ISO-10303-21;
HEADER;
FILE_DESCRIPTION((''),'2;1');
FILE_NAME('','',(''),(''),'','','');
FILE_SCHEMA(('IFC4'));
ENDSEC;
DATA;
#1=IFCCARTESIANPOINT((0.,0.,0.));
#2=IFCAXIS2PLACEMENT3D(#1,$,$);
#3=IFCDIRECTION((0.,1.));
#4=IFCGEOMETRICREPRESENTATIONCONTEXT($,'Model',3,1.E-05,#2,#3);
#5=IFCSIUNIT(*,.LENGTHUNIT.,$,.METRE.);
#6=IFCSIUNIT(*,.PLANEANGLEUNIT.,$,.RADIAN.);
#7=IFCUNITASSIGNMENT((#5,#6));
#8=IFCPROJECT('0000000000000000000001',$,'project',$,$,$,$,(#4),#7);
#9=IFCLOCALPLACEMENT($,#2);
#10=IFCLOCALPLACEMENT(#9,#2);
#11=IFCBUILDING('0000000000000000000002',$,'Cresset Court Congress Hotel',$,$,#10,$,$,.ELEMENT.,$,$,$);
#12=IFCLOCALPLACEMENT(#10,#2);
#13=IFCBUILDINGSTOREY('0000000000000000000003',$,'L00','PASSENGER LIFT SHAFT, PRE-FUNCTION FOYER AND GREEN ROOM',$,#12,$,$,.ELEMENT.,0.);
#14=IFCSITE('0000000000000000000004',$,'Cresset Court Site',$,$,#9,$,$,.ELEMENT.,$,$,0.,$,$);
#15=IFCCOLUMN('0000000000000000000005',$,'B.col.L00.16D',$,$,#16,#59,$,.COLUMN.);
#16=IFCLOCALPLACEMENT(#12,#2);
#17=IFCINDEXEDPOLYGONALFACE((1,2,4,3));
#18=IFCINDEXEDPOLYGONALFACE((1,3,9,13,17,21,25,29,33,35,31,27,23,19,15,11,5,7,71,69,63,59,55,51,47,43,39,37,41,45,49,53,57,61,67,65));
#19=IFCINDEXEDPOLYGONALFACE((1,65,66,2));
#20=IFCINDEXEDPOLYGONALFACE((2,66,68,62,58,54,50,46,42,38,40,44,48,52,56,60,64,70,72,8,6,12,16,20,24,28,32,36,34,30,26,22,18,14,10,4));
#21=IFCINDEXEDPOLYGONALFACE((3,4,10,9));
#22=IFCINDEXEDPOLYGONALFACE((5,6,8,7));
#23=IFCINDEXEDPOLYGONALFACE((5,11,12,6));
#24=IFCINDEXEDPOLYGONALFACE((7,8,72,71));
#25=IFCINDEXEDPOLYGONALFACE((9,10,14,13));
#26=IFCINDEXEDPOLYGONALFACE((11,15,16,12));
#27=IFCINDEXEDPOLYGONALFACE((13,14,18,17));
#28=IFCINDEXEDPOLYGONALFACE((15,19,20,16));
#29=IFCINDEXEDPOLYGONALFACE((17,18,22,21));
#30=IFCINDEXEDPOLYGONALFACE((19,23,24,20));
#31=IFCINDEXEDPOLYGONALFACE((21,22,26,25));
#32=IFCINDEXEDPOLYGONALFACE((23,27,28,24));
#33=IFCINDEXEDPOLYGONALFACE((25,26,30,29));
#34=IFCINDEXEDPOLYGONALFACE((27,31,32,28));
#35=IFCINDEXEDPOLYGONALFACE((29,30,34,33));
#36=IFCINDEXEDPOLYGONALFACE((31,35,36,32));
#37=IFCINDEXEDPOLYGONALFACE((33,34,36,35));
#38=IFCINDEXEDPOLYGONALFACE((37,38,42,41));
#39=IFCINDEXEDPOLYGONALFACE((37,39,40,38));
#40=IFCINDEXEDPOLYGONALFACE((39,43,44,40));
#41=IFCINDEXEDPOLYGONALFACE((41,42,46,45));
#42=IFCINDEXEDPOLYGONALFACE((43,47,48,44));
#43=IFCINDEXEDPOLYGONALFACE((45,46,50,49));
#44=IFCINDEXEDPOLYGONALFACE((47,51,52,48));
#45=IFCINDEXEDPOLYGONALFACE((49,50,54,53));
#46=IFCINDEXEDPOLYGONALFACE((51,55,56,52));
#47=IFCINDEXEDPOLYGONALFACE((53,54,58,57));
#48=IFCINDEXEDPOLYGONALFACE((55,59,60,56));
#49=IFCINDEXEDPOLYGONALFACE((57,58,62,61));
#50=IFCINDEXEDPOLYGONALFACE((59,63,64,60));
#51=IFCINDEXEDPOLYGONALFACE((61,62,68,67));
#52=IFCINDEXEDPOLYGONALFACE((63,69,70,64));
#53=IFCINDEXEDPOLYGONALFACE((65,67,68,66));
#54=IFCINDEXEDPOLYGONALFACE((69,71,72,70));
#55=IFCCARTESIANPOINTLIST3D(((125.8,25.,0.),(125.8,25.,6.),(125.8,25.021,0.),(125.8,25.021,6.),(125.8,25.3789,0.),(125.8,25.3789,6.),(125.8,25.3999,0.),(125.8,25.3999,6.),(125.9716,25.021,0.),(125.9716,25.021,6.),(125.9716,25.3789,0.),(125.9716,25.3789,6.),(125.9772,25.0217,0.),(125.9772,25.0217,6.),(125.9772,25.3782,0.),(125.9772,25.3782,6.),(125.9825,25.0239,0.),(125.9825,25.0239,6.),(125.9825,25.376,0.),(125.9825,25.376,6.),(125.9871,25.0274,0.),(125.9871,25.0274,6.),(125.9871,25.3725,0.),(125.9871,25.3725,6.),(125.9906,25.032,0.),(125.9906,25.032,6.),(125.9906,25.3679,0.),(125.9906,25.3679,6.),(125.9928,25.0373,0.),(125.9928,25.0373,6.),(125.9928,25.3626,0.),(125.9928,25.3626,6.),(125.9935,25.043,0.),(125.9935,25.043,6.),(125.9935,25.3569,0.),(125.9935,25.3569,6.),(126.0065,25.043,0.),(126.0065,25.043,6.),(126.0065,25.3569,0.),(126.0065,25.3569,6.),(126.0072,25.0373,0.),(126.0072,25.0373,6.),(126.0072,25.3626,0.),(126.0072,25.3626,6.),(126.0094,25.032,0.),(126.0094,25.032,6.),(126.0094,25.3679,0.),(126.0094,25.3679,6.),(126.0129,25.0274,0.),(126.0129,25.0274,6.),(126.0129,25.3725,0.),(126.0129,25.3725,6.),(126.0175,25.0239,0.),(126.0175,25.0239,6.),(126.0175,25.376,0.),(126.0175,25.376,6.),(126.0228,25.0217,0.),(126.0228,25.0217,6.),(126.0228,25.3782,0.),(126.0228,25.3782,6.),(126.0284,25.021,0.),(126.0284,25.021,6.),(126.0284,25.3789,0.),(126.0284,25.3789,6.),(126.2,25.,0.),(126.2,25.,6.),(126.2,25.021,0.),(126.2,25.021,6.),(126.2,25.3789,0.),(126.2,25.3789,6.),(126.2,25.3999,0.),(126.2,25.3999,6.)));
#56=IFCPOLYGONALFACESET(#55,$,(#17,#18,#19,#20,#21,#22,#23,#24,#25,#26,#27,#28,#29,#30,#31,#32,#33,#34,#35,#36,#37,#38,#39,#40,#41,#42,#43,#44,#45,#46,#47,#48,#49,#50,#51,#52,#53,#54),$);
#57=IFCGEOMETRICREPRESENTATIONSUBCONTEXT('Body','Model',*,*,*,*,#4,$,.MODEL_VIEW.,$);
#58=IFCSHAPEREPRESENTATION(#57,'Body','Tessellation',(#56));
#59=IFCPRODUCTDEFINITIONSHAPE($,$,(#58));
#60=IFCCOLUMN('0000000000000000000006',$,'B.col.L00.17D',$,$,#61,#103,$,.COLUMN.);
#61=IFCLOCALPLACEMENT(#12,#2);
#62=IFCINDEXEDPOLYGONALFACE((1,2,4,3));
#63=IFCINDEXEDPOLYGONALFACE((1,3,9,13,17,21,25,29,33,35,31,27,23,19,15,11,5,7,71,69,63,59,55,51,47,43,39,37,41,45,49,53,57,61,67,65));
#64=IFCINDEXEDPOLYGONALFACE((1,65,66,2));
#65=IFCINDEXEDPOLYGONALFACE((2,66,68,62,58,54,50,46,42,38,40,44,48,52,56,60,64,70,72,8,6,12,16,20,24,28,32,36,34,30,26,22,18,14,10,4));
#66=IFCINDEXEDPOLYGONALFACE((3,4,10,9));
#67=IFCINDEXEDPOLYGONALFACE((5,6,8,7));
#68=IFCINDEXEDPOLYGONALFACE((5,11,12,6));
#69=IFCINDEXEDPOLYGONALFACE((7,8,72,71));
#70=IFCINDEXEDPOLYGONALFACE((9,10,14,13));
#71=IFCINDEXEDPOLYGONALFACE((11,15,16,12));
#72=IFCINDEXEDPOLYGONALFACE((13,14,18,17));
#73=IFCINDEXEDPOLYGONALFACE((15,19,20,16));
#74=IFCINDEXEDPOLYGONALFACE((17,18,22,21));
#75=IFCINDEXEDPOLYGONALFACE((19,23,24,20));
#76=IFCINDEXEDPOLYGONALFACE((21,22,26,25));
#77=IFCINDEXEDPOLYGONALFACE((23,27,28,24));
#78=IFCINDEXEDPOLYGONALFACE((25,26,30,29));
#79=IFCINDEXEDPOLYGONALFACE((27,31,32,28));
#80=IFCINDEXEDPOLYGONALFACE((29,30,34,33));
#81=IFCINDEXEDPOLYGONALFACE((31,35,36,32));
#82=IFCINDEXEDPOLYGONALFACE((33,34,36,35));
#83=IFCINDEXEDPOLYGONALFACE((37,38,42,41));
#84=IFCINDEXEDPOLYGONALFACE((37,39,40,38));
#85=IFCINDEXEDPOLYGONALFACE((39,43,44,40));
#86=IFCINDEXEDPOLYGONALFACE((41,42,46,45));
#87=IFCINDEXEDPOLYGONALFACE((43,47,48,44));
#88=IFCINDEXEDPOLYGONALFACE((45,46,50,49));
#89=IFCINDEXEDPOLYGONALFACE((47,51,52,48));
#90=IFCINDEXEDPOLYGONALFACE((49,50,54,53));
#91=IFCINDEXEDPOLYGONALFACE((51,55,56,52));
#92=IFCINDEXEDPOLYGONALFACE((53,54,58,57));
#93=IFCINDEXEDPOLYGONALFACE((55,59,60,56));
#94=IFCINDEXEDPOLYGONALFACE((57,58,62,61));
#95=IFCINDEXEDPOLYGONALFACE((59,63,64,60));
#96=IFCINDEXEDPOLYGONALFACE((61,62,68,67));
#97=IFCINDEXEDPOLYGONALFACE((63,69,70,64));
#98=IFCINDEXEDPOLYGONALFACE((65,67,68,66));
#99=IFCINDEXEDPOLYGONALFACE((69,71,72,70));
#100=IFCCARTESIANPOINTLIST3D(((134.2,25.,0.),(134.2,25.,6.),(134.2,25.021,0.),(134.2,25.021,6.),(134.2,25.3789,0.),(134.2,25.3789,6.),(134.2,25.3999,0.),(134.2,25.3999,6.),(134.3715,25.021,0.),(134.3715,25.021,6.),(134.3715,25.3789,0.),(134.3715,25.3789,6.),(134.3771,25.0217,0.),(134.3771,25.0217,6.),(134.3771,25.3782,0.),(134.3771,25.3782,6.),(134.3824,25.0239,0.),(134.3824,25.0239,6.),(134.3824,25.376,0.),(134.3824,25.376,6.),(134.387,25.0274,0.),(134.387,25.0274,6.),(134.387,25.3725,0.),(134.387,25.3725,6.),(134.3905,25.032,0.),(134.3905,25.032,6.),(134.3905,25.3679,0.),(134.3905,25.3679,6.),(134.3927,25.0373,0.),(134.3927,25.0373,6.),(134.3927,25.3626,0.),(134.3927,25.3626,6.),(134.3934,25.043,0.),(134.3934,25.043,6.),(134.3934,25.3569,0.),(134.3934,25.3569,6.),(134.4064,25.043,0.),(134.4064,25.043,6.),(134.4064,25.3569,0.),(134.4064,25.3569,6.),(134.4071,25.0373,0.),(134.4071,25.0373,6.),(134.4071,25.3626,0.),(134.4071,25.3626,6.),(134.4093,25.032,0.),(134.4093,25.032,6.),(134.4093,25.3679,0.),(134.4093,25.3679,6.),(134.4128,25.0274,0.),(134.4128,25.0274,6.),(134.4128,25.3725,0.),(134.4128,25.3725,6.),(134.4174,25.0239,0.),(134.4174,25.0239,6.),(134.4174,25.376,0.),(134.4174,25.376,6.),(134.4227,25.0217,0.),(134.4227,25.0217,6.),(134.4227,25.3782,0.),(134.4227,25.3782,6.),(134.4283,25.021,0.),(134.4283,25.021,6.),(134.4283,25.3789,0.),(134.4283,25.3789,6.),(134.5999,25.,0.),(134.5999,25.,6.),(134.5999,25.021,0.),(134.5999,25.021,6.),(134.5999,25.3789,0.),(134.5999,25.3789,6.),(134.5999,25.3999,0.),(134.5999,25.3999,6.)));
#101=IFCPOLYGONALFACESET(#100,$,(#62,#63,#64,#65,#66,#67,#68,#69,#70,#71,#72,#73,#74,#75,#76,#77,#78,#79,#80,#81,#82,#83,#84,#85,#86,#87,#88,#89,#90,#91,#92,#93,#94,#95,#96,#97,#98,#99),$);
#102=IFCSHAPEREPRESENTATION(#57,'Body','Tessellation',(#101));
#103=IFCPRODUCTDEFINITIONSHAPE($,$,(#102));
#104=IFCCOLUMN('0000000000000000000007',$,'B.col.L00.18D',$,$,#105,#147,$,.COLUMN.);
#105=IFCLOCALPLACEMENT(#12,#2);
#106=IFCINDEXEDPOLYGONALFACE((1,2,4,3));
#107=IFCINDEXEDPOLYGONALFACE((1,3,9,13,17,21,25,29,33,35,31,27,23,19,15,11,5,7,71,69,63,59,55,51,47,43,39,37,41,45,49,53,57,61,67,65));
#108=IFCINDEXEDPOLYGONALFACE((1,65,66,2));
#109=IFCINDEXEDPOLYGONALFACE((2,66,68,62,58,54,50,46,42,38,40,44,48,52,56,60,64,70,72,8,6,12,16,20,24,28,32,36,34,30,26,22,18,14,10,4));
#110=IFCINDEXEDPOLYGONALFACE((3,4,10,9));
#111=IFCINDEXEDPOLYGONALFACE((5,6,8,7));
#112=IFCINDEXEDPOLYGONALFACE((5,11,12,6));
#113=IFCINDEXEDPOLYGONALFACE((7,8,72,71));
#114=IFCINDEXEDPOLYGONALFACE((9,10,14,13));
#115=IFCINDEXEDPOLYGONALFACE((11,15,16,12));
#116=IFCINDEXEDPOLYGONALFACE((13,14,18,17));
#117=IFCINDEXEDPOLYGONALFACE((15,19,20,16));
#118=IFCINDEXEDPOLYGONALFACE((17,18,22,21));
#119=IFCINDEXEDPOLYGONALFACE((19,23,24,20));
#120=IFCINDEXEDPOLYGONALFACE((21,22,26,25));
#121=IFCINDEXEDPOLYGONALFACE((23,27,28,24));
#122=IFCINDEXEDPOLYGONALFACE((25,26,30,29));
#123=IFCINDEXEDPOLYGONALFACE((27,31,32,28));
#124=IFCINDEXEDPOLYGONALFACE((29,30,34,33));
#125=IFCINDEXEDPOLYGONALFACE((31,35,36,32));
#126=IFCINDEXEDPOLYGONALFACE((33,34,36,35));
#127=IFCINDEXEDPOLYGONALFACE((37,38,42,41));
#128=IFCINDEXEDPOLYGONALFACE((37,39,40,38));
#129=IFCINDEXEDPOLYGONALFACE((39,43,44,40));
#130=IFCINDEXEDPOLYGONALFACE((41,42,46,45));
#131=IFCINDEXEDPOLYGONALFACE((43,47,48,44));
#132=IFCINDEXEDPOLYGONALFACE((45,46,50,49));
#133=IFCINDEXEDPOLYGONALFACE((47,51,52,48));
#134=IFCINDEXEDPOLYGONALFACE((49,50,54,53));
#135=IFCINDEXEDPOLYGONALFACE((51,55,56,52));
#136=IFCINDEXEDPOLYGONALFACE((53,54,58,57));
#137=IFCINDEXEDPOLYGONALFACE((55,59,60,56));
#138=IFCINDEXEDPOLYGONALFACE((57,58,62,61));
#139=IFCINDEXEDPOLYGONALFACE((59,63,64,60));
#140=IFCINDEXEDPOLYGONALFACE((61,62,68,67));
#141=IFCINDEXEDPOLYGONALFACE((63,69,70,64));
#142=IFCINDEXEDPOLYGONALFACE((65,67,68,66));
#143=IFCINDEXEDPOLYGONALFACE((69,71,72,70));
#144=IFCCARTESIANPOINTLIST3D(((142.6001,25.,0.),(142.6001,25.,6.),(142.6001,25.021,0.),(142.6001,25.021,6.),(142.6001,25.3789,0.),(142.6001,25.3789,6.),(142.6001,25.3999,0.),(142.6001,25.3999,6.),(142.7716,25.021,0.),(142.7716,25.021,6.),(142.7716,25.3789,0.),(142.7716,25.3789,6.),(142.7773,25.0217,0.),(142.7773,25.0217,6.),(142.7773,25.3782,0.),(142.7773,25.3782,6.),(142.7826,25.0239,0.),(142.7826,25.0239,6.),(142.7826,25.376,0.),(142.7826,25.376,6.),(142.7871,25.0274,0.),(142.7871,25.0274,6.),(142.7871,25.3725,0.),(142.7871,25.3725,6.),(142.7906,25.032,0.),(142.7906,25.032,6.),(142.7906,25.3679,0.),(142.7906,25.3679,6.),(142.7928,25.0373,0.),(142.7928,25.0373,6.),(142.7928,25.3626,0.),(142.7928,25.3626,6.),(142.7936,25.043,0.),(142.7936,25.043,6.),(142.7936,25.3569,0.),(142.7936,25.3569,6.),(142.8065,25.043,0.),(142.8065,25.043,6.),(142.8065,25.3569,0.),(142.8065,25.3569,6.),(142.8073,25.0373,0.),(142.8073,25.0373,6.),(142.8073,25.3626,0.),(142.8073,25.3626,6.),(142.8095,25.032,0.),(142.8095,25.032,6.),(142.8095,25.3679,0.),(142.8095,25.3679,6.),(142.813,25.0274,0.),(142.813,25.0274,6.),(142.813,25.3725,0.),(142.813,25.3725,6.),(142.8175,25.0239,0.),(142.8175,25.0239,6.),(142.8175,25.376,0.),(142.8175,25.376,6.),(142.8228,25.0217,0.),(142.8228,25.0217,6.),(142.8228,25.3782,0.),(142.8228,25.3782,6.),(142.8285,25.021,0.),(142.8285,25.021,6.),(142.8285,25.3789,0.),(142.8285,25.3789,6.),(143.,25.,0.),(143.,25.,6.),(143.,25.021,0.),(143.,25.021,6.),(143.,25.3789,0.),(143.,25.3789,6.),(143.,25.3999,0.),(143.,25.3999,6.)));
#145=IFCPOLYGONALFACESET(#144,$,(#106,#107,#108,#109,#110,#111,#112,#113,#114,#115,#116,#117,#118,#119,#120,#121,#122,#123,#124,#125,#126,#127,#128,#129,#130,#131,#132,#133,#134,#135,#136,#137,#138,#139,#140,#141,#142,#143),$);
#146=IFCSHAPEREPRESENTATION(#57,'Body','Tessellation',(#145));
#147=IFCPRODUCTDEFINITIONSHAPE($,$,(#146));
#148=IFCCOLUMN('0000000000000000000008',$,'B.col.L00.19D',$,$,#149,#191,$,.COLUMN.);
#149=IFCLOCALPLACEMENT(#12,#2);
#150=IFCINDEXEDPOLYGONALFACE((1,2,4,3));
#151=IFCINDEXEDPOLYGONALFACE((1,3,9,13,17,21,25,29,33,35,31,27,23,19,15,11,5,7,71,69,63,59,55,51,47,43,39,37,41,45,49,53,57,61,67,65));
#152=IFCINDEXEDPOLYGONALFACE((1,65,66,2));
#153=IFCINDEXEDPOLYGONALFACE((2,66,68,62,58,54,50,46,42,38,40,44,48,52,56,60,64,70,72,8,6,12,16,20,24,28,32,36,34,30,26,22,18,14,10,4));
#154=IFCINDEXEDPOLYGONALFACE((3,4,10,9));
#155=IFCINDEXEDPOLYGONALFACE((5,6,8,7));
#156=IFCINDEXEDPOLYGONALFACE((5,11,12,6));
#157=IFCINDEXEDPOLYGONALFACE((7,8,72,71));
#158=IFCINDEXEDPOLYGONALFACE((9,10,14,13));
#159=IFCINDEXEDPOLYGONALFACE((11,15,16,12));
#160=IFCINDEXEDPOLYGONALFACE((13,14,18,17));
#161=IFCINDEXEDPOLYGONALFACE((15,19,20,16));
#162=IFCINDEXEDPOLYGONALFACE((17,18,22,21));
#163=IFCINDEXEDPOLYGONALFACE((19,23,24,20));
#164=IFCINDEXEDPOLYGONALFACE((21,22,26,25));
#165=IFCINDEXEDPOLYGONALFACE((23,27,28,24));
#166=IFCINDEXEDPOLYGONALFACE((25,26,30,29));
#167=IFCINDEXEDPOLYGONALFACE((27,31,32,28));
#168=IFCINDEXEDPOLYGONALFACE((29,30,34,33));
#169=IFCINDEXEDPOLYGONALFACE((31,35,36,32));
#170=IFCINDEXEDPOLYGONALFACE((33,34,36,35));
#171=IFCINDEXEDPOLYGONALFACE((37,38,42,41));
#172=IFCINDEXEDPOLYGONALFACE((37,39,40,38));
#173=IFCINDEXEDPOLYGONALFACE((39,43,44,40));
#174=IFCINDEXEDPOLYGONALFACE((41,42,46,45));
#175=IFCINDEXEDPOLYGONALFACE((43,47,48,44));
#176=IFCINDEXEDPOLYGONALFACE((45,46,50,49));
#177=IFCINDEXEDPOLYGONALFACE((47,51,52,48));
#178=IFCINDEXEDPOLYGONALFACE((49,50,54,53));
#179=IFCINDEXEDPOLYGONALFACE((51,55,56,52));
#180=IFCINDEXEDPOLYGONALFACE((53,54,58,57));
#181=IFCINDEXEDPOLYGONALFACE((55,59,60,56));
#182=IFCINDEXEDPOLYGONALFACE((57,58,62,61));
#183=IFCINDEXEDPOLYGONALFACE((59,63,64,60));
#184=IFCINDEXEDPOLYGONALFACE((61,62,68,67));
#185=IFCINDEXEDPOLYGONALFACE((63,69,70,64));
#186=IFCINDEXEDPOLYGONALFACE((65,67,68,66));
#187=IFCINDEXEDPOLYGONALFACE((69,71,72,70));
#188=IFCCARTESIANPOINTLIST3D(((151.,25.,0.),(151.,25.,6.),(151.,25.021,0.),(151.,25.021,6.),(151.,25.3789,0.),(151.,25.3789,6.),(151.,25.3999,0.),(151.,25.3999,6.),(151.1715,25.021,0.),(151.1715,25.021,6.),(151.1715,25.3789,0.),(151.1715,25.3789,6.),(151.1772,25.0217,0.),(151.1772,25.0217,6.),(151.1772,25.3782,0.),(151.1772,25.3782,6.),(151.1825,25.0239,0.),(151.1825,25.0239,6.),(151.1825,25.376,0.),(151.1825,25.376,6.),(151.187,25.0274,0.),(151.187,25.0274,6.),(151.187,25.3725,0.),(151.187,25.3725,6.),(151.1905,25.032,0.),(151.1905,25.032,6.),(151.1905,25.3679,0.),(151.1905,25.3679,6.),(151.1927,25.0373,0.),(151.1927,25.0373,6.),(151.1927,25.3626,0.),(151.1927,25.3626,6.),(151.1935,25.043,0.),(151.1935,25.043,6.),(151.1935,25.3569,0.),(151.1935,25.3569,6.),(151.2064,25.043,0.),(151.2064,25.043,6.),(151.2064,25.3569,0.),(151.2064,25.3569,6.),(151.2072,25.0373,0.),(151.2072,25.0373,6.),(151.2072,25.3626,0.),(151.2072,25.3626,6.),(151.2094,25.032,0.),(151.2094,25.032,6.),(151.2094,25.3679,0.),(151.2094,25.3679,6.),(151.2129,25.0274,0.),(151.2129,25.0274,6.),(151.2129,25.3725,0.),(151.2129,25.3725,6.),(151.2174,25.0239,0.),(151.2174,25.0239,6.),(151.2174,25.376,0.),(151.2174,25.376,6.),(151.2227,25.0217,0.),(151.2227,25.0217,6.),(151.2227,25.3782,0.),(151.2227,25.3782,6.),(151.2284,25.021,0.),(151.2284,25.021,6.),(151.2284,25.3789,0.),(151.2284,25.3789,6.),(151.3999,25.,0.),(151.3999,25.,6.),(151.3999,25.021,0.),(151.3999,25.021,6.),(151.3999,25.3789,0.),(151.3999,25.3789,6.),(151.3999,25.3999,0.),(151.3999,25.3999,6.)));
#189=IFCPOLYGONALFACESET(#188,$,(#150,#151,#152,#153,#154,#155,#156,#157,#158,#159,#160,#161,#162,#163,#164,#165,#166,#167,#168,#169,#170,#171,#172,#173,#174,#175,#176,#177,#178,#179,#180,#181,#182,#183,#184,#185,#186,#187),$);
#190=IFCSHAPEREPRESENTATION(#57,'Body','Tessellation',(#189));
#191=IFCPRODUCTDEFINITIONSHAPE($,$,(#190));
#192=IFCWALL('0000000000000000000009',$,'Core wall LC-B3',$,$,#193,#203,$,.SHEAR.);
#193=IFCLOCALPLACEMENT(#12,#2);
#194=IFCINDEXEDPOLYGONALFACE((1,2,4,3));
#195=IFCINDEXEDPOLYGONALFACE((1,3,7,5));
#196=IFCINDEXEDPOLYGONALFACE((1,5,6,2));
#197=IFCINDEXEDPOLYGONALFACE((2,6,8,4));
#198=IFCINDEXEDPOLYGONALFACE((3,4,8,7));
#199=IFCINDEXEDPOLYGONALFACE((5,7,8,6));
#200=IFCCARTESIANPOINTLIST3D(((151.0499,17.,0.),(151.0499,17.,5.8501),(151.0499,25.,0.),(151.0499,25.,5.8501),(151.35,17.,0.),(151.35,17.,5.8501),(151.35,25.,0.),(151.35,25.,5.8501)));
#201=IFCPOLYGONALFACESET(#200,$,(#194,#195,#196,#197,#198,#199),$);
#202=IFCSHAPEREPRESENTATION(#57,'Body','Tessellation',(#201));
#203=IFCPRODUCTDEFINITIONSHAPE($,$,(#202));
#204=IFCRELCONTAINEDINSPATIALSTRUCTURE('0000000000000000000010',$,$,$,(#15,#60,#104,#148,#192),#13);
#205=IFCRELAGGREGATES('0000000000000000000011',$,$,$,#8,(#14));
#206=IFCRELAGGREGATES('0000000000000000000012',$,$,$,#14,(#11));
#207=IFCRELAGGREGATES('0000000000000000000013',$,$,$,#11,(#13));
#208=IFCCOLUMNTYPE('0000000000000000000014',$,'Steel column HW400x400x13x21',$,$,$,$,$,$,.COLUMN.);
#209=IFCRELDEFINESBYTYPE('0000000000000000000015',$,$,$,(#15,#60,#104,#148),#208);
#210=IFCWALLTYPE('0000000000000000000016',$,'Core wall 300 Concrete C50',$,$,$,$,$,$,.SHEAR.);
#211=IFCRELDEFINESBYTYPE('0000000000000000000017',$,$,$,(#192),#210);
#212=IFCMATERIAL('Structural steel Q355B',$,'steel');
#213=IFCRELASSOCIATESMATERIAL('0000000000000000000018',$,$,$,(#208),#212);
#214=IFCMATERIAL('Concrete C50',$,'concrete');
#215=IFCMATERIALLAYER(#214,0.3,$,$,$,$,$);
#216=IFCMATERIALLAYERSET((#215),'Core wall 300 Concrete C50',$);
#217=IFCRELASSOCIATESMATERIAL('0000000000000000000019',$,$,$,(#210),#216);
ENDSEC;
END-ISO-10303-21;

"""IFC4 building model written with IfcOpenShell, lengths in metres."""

from ifc_helpers import new_model, si_unit, direction, frame, frame_2d, origin, origin_2d, place, context, subcontext, project, spatial, rectangle, i_section, extrude, material, layer, layer_set, material_profile, profile_set, type_object, element, save


model = new_model("IFC4")

# Units and contexts
model_context = context("Model", 3, precision=1e-05, world=origin(), true_north=direction((0.0, 1.0)))
body_context = subcontext(model_context, "Body", "Model", "MODEL_VIEW")
ifc_project = project(units=[si_unit("LENGTHUNIT", "METRE"), si_unit("PLANEANGLEUNIT", "RADIAN")], contexts=[model_context])

# Site, building, storey
site_placement = place(None, origin())
site = spatial("IfcSite", under=ifc_project, at=site_placement, Name="Cresset Court Site", CompositionType="ELEMENT", RefElevation=0.0)
building_placement = place(site_placement, origin())
building = spatial("IfcBuilding", under=site, at=building_placement, Name="Cresset Court Congress Hotel", CompositionType="ELEMENT")
storey_placement = place(building_placement, origin())
storey = spatial("IfcBuildingStorey", under=building, at=storey_placement, Name="L00", Description="PASSENGER LIFT SHAFT, PRE-FUNCTION FOYER AND GREEN ROOM", CompositionType="ELEMENT", Elevation=0.0)

# Columns
ifc_material_1 = material(Name="Structural steel Q355B", Category="steel")
ifc_material_profile = material_profile(ifc_material_1, i_section(OverallWidth=0.3999, OverallDepth=0.3999, WebThickness=0.0129, FlangeThickness=0.021, FilletRadius=0.022, at=origin_2d()), Name="HW400x400x13x21")
ifc_profile_set = profile_set([ifc_material_profile], Name="Structural steel Q355B")
column_type = type_object("IfcColumnType", Name="Steel column HW400x400x13x21", PredefinedType="COLUMN", material=ifc_profile_set)
for number, where, z_axis, x_axis, name in (
    (1, (126.0, 25.2, 0.0), (0.0, 0.0, 1.0), (1.0, 0.0, 0.0), "B.col.L00.16D"),
    (2, (134.3999, 25.2, 0.0), (0.0, 0.0, 1.0), (1.0, 0.0, 0.0), "B.col.L00.17D"),
    (3, (142.8, 25.2, 0.0), (0.0, 0.0, 1.0), (1.0, 0.0, 0.0), "B.col.L00.18D"),
    (4, (151.2, 25.2, 0.0), (0.0, 0.0, 1.0), (1.0, 0.0, 0.0), "B.col.L00.19D"),
):
    element("IfcColumn", number, at=place(storey_placement, frame(where, z_axis=z_axis, x_axis=x_axis)), inside=storey, type_object=column_type, Name=name, PredefinedType="COLUMN", context=body_context, shape_type="SweptSolid", body=[
        extrude(i_section(OverallWidth=0.3999, OverallDepth=0.3999, WebThickness=0.0129, FlangeThickness=0.021, FilletRadius=0.022, at=origin_2d()), origin(), (0.0, 0.0, 1.0), 6.0),
    ])

# Wall
ifc_material_2 = material(Name="Concrete C50", Category="concrete")
ifc_layer = layer(ifc_material_2, 0.3)
ifc_layer_set = layer_set([ifc_layer], Name="Core wall 300 Concrete C50")
wall_type = type_object("IfcWallType", Name="Core wall 300 Concrete C50", PredefinedType="SHEAR", material=ifc_layer_set)
wall_1_placement = place(storey_placement, frame((151.2, 17.0, 0.0), z_axis=(0.0, 0.0, 1.0), x_axis=(0.0, 1.0, 0.0)))
element("IfcWall", 5, at=wall_1_placement, inside=storey, type_object=wall_type, Name="Core wall LC-B3", PredefinedType="SHEAR", context=body_context, shape_type="SweptSolid", body=[
    extrude(rectangle(XDim=8.0, YDim=0.3, at=frame_2d((4.0, 0.0))), origin(), (0.0, 0.0, 1.0), 5.8501),
])

save(model, "model.ifc")
